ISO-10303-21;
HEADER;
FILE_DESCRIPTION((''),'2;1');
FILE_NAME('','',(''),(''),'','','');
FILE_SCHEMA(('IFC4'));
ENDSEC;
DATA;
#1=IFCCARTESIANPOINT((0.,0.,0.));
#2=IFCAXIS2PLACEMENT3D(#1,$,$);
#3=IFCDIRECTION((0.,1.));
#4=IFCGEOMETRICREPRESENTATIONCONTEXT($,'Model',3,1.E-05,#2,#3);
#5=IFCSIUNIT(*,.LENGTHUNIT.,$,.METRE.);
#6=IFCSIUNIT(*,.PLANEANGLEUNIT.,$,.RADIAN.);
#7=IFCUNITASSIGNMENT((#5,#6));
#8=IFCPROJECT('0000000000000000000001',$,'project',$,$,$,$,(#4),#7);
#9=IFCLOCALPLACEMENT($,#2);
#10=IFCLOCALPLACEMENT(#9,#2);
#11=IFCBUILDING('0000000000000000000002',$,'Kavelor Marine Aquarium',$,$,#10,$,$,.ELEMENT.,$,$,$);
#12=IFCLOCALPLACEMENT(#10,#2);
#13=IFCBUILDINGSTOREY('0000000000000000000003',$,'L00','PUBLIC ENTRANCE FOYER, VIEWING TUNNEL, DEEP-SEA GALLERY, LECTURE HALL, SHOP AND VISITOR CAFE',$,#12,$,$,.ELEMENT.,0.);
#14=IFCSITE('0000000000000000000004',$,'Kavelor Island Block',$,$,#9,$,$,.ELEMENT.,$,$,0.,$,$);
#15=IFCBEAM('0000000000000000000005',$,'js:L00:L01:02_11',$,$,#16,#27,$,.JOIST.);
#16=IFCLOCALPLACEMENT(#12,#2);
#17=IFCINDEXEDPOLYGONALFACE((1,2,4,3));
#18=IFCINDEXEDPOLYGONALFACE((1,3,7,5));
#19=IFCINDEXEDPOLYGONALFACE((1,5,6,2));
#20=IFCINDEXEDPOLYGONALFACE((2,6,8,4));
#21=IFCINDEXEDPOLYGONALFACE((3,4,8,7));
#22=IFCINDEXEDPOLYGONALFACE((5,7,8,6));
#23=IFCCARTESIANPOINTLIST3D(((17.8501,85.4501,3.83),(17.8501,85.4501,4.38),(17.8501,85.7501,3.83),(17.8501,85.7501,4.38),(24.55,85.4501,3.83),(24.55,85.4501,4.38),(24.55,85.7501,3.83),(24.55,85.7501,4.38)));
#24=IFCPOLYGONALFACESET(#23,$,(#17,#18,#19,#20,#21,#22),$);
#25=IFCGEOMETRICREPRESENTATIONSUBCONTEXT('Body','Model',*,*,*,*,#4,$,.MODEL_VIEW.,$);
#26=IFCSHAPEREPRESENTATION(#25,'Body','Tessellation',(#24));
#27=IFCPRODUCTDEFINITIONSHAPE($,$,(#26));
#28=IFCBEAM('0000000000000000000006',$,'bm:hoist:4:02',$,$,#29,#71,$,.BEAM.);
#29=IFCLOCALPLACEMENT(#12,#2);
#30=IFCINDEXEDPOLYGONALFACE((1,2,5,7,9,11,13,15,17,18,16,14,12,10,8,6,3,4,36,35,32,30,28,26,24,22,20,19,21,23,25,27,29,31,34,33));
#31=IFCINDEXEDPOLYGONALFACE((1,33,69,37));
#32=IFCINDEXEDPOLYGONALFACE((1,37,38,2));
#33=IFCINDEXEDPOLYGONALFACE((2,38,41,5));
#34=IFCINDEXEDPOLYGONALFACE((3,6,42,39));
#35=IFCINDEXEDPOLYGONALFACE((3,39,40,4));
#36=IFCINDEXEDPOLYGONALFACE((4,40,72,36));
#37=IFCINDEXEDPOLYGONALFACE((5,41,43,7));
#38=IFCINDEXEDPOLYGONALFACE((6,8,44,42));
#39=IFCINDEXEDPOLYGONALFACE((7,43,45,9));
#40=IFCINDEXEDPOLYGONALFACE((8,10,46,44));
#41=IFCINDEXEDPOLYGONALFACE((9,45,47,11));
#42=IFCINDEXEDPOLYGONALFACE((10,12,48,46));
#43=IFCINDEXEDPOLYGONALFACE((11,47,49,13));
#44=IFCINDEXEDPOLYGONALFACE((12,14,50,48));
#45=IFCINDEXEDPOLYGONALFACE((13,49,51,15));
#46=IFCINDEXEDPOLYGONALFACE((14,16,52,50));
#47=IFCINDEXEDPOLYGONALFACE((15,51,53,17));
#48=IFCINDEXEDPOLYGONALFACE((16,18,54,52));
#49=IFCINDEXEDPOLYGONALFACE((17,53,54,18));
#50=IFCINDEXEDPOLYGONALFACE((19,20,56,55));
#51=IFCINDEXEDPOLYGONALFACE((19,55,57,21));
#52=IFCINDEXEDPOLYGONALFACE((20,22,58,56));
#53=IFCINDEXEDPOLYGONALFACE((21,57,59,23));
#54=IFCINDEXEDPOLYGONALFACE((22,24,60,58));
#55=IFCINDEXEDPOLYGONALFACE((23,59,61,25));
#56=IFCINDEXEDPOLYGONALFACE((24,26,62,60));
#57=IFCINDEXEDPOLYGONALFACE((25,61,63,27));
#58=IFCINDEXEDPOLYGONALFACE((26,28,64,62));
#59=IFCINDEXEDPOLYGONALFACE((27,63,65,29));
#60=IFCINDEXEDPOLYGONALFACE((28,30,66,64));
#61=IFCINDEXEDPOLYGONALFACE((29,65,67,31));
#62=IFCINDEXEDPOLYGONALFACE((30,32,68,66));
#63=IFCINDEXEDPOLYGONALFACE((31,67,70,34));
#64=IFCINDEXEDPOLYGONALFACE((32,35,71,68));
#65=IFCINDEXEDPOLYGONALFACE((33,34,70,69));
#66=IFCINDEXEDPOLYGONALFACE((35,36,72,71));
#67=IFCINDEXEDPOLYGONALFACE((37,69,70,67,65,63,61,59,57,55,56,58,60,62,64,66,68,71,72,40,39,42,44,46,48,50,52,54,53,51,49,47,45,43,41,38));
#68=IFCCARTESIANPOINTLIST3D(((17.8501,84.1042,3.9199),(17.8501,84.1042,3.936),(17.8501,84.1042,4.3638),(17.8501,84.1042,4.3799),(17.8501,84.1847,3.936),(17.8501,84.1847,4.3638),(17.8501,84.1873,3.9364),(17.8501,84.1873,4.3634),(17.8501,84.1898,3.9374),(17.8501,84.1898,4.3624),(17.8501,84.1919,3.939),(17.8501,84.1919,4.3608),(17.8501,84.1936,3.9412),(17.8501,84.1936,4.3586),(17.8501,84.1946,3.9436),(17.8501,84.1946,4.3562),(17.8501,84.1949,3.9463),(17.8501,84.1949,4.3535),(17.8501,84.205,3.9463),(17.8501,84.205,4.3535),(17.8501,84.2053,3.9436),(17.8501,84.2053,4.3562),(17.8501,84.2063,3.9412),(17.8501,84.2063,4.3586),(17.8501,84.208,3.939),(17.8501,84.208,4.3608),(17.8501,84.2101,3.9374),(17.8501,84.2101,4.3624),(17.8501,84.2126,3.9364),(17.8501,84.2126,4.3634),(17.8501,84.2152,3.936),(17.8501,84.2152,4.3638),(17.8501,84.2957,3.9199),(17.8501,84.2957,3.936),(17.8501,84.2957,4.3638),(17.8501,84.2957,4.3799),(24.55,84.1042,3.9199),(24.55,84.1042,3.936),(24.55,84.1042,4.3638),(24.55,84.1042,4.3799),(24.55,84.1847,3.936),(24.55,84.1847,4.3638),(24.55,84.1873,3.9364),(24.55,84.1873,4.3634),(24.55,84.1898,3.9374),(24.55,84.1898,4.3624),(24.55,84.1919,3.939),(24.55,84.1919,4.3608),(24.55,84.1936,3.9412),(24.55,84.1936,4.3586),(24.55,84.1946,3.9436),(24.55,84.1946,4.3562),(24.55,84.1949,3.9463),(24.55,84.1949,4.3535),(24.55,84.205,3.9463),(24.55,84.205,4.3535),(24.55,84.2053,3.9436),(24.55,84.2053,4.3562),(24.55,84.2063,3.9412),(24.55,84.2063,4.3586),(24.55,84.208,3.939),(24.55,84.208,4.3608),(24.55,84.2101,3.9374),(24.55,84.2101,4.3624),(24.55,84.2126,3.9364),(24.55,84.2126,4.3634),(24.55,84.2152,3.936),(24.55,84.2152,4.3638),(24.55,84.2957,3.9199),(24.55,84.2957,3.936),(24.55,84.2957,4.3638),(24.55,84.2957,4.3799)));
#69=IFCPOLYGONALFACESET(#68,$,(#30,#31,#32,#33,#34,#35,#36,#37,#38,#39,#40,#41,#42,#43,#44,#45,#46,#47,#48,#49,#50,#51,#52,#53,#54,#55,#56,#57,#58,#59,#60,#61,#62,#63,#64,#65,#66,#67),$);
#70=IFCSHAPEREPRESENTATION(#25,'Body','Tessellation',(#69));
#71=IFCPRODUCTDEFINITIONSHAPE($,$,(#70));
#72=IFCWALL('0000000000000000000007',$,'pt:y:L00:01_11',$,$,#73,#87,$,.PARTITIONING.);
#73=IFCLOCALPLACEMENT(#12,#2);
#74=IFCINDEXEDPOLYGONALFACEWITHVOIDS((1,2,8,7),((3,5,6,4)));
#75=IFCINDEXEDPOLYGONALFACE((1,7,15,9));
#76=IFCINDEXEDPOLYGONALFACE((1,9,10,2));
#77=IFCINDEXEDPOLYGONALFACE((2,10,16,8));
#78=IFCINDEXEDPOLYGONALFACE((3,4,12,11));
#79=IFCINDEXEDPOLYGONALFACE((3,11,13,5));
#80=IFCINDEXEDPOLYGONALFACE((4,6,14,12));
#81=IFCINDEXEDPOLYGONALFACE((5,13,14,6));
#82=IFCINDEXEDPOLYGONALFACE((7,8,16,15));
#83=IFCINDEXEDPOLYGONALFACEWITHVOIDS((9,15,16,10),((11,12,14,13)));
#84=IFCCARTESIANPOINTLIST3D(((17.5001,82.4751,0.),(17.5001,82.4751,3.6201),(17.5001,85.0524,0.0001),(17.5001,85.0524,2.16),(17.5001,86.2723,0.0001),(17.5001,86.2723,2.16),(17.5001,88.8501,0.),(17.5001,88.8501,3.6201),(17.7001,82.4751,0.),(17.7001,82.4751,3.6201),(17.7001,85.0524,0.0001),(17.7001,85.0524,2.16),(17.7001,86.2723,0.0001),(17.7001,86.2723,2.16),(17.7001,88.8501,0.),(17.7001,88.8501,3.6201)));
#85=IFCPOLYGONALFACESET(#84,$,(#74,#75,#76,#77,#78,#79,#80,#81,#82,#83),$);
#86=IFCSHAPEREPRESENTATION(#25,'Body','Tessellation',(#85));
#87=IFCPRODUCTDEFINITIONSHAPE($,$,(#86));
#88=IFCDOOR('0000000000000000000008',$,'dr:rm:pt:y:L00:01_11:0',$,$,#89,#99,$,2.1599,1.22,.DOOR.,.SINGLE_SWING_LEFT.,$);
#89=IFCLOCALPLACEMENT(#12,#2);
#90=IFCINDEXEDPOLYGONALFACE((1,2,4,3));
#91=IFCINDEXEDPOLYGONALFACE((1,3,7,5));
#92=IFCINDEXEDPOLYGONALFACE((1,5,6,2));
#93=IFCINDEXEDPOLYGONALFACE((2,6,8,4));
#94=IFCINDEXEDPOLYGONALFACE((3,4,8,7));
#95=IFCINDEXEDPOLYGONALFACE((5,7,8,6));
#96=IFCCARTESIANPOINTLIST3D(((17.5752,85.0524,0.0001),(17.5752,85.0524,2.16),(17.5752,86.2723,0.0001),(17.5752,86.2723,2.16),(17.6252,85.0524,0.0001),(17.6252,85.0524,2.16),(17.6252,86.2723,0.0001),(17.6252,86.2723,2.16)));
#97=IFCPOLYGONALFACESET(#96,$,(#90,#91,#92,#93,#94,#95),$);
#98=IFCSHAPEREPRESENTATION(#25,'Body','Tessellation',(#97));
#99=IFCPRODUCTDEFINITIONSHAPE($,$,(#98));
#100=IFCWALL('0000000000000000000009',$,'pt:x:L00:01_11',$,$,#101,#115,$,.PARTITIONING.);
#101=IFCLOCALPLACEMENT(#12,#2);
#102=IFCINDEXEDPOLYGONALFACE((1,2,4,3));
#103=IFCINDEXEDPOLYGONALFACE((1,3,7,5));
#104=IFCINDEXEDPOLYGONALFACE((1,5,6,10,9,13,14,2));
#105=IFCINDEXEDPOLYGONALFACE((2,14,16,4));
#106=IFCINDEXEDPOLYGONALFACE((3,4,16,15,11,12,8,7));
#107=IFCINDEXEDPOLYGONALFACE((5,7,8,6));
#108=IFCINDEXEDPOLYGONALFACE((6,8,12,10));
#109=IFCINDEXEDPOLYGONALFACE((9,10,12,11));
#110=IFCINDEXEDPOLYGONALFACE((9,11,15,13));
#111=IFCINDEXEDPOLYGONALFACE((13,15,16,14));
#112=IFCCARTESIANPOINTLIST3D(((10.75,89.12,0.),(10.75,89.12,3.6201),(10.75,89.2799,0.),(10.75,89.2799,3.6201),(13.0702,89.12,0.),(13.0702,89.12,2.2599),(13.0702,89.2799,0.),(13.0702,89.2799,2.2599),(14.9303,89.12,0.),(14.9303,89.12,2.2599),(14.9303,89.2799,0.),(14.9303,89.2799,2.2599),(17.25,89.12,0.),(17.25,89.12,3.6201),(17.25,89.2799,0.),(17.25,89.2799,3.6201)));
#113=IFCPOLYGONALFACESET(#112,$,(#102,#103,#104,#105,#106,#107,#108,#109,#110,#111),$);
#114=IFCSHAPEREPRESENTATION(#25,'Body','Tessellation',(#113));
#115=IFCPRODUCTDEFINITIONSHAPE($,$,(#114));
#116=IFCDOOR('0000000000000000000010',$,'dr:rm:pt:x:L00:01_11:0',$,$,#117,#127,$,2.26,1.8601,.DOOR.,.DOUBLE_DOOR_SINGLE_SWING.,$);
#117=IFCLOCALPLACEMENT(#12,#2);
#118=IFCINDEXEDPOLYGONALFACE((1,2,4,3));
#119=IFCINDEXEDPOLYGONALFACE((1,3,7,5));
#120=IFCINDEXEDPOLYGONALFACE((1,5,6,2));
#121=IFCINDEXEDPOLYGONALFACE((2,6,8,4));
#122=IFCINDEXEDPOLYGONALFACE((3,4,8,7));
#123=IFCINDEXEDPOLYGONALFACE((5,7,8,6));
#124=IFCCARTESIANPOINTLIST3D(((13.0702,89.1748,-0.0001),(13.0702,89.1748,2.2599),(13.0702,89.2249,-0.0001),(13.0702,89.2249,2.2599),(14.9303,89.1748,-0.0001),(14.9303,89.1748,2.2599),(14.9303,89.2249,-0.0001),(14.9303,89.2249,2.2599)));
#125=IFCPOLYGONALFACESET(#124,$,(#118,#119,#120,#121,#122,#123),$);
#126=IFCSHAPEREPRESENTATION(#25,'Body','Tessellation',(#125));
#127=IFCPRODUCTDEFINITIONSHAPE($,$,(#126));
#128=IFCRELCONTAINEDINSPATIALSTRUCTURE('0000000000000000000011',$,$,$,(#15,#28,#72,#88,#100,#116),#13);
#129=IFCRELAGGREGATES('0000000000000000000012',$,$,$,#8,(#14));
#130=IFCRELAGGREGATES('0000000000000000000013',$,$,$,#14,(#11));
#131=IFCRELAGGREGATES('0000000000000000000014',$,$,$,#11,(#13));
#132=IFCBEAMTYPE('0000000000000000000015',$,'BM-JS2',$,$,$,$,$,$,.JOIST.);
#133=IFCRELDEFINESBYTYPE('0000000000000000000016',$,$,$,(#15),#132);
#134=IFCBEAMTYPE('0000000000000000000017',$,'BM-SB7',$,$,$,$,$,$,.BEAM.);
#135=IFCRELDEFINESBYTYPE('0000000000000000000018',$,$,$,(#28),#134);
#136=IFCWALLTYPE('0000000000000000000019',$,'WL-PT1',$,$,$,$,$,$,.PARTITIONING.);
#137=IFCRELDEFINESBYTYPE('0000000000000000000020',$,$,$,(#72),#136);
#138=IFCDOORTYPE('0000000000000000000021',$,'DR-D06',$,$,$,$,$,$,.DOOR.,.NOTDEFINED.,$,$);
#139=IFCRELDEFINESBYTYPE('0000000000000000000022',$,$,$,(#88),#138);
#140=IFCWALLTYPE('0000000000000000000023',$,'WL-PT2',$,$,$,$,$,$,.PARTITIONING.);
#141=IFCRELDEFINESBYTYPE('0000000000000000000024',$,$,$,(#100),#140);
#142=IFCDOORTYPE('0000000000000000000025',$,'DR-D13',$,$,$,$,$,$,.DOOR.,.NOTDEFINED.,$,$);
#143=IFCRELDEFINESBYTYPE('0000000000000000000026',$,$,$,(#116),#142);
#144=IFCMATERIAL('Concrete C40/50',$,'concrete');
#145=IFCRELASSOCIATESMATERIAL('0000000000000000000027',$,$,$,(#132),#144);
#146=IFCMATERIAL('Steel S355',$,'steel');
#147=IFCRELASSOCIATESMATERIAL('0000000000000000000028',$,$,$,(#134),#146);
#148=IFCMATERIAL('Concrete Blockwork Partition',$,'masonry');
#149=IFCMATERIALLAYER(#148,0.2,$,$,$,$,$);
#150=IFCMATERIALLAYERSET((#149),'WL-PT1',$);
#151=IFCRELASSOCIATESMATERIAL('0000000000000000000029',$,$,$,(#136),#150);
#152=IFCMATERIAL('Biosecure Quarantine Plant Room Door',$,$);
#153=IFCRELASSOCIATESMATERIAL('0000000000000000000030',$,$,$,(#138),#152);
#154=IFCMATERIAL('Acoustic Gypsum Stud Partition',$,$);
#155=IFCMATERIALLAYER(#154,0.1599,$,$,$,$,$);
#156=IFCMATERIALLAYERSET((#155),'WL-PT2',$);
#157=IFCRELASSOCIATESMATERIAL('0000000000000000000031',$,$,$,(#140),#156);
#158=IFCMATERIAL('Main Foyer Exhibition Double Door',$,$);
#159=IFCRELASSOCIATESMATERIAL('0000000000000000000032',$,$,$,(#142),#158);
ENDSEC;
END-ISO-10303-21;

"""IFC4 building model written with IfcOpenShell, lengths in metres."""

from ifc_helpers import new_model, si_unit, direction, frame, frame_2d, origin, origin_2d, place, context, subcontext, project, spatial, rectangle, i_section, extrude, material, layer, layer_set, material_profile, profile_set, type_object, element, fill, save


model = new_model("IFC4")

# Units and contexts
model_context = context("Model", 3, precision=1e-05, world=origin(), true_north=direction((0.0, 1.0)))
body_context = subcontext(model_context, "Body", "Model", "MODEL_VIEW")
ifc_project = project(units=[si_unit("LENGTHUNIT", "METRE"), si_unit("PLANEANGLEUNIT", "RADIAN")], contexts=[model_context])

# Site, building, storey
site_placement = place(None, origin())
site = spatial("IfcSite", under=ifc_project, at=site_placement, Name="Kavelor Island Block", CompositionType="ELEMENT", RefElevation=0.0)
building_placement = place(site_placement, origin())
building = spatial("IfcBuilding", under=site, at=building_placement, Name="Kavelor Marine Aquarium", CompositionType="ELEMENT")
storey_placement = place(building_placement, origin())
storey = spatial("IfcBuildingStorey", under=building, at=storey_placement, Name="L00", Description="PUBLIC ENTRANCE FOYER, VIEWING TUNNEL, DEEP-SEA GALLERY, LECTURE HALL, SHOP AND VISITOR CAFE", CompositionType="ELEMENT", Elevation=0.0)

# Beams
ifc_material_1 = material(Name="Concrete C40/50", Category="concrete")
ifc_material_profile_1 = material_profile(ifc_material_1, rectangle(XDim=0.3, YDim=0.55, at=origin_2d()), Name="RC-JS 300x550")
ifc_profile_set_1 = profile_set([ifc_material_profile_1], Name="Concrete C40/50")
beam_type_1 = type_object("IfcBeamType", Name="BM-JS2", PredefinedType="JOIST", material=ifc_profile_set_1)
beam_1_placement = place(storey_placement, frame((17.8501, 85.6001, 4.105), z_axis=(1.0, 0.0, 0.0), x_axis=(0.0, 1.0, 0.0)))
element("IfcBeam", 1, at=beam_1_placement, inside=storey, type_object=beam_type_1, Name="js:L00:L01:02_11", PredefinedType="JOIST", context=body_context, shape_type="SweptSolid", body=[
    extrude(rectangle(XDim=0.3, YDim=0.55, at=origin_2d()), origin(), (0.0, 0.0, 1.0), 6.7),
])
ifc_material_2 = material(Name="Steel S355", Category="steel")
ifc_material_profile_2 = material_profile(ifc_material_2, i_section(OverallWidth=0.1914, OverallDepth=0.46, WebThickness=0.01, FlangeThickness=0.0161, FilletRadius=0.0103, at=origin_2d()), Name="UKB 457x191x82")
ifc_profile_set_2 = profile_set([ifc_material_profile_2], Name="Steel S355")
beam_type_2 = type_object("IfcBeamType", Name="BM-SB7", PredefinedType="BEAM", material=ifc_profile_set_2)
beam_2_placement = place(storey_placement, frame((17.8501, 84.2, 4.1499), z_axis=(1.0, 0.0, 0.0), x_axis=(0.0, 1.0, 0.0)))
element("IfcBeam", 2, at=beam_2_placement, inside=storey, type_object=beam_type_2, Name="bm:hoist:4:02", PredefinedType="BEAM", context=body_context, shape_type="SweptSolid", body=[
    extrude(i_section(OverallWidth=0.1914, OverallDepth=0.46, WebThickness=0.01, FlangeThickness=0.0161, FilletRadius=0.0103, at=origin_2d()), origin(), (0.0, 0.0, 1.0), 6.7),
])

# Walls, openings, doors
ifc_material_3 = material(Name="Concrete Blockwork Partition", Category="masonry")
ifc_layer_1 = layer(ifc_material_3, 0.2)
ifc_layer_set_1 = layer_set([ifc_layer_1], Name="WL-PT1")
wall_type_1 = type_object("IfcWallType", Name="WL-PT1", PredefinedType="PARTITIONING", material=ifc_layer_set_1)
wall_1_placement = place(storey_placement, frame((17.6001, 82.4751, 0.0), z_axis=(0.0, 0.0, 1.0), x_axis=(0.0, 1.0, 0.0)))
wall_1 = element("IfcWall", 3, at=wall_1_placement, inside=storey, type_object=wall_type_1, Name="pt:y:L00:01_11", PredefinedType="PARTITIONING", context=body_context, shape_type="SweptSolid", body=[
    extrude(rectangle(XDim=6.375, YDim=0.2, at=frame_2d((3.1875, 0.0))), origin(), (0.0, 0.0, 1.0), 3.6201),
])
opening_1_placement = place(wall_1_placement, frame((2.5774, 0.0, 0.0)))
opening_1 = element("IfcOpeningElement", 4, at=opening_1_placement, cuts=wall_1, PredefinedType="OPENING", context=body_context, shape_type="SweptSolid", body=[
    extrude(rectangle(XDim=1.22, YDim=2.1599, at=frame_2d((0.6099, 1.0801))), frame((0.0, 0.1099, 0.0), z_axis=(0.0, -1.0, 0.0), x_axis=(1.0, 0.0, 0.0)), (0.0, 0.0, 1.0), 0.22),
])
ifc_material_4 = material(Name="Biosecure Quarantine Plant Room Door")
door_type_1 = type_object("IfcDoorType", Name="DR-D06", OperationType="NOTDEFINED", PredefinedType="DOOR", material=ifc_material_4)
door_1_placement = place(opening_1_placement, origin())
door_1 = element("IfcDoor", 5, at=door_1_placement, inside=storey, type_object=door_type_1, Name="dr:rm:pt:y:L00:01_11:0", OperationType="SINGLE_SWING_LEFT", OverallHeight=2.1599, OverallWidth=1.22, PredefinedType="DOOR", context=body_context, shape_type="SweptSolid", body=[
    extrude(rectangle(XDim=1.22, YDim=2.1599, at=frame_2d((0.6099, 1.0801))), frame((0.0, 0.0249, 0.0), z_axis=(0.0, -1.0, 0.0), x_axis=(1.0, 0.0, 0.0)), (0.0, 0.0, 1.0), 0.05),
])
fill(opening_1, door_1)
ifc_material_5 = material(Name="Acoustic Gypsum Stud Partition")
ifc_layer_2 = layer(ifc_material_5, 0.1599)
ifc_layer_set_2 = layer_set([ifc_layer_2], Name="WL-PT2")
wall_type_2 = type_object("IfcWallType", Name="WL-PT2", PredefinedType="PARTITIONING", material=ifc_layer_set_2)
wall_2_placement = place(storey_placement, frame((10.75, 89.2, 0.0), z_axis=(0.0, 0.0, 1.0), x_axis=(1.0, 0.0, 0.0)))
wall_2 = element("IfcWall", 6, at=wall_2_placement, inside=storey, type_object=wall_type_2, Name="pt:x:L00:01_11", PredefinedType="PARTITIONING", context=body_context, shape_type="SweptSolid", body=[
    extrude(rectangle(XDim=6.5, YDim=0.1599, at=frame_2d((3.25, 0.0))), origin(), (0.0, 0.0, 1.0), 3.6201),
])
opening_2_placement = place(wall_2_placement, frame((2.3201, 0.0, 0.0)))
opening_2 = element("IfcOpeningElement", 7, at=opening_2_placement, cuts=wall_2, PredefinedType="OPENING", context=body_context, shape_type="SweptSolid", body=[
    extrude(rectangle(XDim=1.8601, YDim=2.26, at=frame_2d((0.9302, 1.1299))), frame((0.0, 0.0898, 0.0), z_axis=(0.0, -1.0, 0.0), x_axis=(1.0, 0.0, 0.0)), (0.0, 0.0, 1.0), 0.1799),
])
ifc_material_6 = material(Name="Main Foyer Exhibition Double Door")
door_type_2 = type_object("IfcDoorType", Name="DR-D13", OperationType="NOTDEFINED", PredefinedType="DOOR", material=ifc_material_6)
door_2_placement = place(opening_2_placement, origin())
door_2 = element("IfcDoor", 8, at=door_2_placement, inside=storey, type_object=door_type_2, Name="dr:rm:pt:x:L00:01_11:0", OperationType="DOUBLE_DOOR_SINGLE_SWING", OverallHeight=2.26, OverallWidth=1.8601, PredefinedType="DOOR", context=body_context, shape_type="SweptSolid", body=[
    extrude(rectangle(XDim=1.8601, YDim=2.26, at=frame_2d((0.9302, 1.1299))), frame((0.0, 0.0249, 0.0), z_axis=(0.0, -1.0, 0.0), x_axis=(1.0, 0.0, 0.0)), (0.0, 0.0, 1.0), 0.05),
])
fill(opening_2, door_2)

save(model, "model.ifc")
